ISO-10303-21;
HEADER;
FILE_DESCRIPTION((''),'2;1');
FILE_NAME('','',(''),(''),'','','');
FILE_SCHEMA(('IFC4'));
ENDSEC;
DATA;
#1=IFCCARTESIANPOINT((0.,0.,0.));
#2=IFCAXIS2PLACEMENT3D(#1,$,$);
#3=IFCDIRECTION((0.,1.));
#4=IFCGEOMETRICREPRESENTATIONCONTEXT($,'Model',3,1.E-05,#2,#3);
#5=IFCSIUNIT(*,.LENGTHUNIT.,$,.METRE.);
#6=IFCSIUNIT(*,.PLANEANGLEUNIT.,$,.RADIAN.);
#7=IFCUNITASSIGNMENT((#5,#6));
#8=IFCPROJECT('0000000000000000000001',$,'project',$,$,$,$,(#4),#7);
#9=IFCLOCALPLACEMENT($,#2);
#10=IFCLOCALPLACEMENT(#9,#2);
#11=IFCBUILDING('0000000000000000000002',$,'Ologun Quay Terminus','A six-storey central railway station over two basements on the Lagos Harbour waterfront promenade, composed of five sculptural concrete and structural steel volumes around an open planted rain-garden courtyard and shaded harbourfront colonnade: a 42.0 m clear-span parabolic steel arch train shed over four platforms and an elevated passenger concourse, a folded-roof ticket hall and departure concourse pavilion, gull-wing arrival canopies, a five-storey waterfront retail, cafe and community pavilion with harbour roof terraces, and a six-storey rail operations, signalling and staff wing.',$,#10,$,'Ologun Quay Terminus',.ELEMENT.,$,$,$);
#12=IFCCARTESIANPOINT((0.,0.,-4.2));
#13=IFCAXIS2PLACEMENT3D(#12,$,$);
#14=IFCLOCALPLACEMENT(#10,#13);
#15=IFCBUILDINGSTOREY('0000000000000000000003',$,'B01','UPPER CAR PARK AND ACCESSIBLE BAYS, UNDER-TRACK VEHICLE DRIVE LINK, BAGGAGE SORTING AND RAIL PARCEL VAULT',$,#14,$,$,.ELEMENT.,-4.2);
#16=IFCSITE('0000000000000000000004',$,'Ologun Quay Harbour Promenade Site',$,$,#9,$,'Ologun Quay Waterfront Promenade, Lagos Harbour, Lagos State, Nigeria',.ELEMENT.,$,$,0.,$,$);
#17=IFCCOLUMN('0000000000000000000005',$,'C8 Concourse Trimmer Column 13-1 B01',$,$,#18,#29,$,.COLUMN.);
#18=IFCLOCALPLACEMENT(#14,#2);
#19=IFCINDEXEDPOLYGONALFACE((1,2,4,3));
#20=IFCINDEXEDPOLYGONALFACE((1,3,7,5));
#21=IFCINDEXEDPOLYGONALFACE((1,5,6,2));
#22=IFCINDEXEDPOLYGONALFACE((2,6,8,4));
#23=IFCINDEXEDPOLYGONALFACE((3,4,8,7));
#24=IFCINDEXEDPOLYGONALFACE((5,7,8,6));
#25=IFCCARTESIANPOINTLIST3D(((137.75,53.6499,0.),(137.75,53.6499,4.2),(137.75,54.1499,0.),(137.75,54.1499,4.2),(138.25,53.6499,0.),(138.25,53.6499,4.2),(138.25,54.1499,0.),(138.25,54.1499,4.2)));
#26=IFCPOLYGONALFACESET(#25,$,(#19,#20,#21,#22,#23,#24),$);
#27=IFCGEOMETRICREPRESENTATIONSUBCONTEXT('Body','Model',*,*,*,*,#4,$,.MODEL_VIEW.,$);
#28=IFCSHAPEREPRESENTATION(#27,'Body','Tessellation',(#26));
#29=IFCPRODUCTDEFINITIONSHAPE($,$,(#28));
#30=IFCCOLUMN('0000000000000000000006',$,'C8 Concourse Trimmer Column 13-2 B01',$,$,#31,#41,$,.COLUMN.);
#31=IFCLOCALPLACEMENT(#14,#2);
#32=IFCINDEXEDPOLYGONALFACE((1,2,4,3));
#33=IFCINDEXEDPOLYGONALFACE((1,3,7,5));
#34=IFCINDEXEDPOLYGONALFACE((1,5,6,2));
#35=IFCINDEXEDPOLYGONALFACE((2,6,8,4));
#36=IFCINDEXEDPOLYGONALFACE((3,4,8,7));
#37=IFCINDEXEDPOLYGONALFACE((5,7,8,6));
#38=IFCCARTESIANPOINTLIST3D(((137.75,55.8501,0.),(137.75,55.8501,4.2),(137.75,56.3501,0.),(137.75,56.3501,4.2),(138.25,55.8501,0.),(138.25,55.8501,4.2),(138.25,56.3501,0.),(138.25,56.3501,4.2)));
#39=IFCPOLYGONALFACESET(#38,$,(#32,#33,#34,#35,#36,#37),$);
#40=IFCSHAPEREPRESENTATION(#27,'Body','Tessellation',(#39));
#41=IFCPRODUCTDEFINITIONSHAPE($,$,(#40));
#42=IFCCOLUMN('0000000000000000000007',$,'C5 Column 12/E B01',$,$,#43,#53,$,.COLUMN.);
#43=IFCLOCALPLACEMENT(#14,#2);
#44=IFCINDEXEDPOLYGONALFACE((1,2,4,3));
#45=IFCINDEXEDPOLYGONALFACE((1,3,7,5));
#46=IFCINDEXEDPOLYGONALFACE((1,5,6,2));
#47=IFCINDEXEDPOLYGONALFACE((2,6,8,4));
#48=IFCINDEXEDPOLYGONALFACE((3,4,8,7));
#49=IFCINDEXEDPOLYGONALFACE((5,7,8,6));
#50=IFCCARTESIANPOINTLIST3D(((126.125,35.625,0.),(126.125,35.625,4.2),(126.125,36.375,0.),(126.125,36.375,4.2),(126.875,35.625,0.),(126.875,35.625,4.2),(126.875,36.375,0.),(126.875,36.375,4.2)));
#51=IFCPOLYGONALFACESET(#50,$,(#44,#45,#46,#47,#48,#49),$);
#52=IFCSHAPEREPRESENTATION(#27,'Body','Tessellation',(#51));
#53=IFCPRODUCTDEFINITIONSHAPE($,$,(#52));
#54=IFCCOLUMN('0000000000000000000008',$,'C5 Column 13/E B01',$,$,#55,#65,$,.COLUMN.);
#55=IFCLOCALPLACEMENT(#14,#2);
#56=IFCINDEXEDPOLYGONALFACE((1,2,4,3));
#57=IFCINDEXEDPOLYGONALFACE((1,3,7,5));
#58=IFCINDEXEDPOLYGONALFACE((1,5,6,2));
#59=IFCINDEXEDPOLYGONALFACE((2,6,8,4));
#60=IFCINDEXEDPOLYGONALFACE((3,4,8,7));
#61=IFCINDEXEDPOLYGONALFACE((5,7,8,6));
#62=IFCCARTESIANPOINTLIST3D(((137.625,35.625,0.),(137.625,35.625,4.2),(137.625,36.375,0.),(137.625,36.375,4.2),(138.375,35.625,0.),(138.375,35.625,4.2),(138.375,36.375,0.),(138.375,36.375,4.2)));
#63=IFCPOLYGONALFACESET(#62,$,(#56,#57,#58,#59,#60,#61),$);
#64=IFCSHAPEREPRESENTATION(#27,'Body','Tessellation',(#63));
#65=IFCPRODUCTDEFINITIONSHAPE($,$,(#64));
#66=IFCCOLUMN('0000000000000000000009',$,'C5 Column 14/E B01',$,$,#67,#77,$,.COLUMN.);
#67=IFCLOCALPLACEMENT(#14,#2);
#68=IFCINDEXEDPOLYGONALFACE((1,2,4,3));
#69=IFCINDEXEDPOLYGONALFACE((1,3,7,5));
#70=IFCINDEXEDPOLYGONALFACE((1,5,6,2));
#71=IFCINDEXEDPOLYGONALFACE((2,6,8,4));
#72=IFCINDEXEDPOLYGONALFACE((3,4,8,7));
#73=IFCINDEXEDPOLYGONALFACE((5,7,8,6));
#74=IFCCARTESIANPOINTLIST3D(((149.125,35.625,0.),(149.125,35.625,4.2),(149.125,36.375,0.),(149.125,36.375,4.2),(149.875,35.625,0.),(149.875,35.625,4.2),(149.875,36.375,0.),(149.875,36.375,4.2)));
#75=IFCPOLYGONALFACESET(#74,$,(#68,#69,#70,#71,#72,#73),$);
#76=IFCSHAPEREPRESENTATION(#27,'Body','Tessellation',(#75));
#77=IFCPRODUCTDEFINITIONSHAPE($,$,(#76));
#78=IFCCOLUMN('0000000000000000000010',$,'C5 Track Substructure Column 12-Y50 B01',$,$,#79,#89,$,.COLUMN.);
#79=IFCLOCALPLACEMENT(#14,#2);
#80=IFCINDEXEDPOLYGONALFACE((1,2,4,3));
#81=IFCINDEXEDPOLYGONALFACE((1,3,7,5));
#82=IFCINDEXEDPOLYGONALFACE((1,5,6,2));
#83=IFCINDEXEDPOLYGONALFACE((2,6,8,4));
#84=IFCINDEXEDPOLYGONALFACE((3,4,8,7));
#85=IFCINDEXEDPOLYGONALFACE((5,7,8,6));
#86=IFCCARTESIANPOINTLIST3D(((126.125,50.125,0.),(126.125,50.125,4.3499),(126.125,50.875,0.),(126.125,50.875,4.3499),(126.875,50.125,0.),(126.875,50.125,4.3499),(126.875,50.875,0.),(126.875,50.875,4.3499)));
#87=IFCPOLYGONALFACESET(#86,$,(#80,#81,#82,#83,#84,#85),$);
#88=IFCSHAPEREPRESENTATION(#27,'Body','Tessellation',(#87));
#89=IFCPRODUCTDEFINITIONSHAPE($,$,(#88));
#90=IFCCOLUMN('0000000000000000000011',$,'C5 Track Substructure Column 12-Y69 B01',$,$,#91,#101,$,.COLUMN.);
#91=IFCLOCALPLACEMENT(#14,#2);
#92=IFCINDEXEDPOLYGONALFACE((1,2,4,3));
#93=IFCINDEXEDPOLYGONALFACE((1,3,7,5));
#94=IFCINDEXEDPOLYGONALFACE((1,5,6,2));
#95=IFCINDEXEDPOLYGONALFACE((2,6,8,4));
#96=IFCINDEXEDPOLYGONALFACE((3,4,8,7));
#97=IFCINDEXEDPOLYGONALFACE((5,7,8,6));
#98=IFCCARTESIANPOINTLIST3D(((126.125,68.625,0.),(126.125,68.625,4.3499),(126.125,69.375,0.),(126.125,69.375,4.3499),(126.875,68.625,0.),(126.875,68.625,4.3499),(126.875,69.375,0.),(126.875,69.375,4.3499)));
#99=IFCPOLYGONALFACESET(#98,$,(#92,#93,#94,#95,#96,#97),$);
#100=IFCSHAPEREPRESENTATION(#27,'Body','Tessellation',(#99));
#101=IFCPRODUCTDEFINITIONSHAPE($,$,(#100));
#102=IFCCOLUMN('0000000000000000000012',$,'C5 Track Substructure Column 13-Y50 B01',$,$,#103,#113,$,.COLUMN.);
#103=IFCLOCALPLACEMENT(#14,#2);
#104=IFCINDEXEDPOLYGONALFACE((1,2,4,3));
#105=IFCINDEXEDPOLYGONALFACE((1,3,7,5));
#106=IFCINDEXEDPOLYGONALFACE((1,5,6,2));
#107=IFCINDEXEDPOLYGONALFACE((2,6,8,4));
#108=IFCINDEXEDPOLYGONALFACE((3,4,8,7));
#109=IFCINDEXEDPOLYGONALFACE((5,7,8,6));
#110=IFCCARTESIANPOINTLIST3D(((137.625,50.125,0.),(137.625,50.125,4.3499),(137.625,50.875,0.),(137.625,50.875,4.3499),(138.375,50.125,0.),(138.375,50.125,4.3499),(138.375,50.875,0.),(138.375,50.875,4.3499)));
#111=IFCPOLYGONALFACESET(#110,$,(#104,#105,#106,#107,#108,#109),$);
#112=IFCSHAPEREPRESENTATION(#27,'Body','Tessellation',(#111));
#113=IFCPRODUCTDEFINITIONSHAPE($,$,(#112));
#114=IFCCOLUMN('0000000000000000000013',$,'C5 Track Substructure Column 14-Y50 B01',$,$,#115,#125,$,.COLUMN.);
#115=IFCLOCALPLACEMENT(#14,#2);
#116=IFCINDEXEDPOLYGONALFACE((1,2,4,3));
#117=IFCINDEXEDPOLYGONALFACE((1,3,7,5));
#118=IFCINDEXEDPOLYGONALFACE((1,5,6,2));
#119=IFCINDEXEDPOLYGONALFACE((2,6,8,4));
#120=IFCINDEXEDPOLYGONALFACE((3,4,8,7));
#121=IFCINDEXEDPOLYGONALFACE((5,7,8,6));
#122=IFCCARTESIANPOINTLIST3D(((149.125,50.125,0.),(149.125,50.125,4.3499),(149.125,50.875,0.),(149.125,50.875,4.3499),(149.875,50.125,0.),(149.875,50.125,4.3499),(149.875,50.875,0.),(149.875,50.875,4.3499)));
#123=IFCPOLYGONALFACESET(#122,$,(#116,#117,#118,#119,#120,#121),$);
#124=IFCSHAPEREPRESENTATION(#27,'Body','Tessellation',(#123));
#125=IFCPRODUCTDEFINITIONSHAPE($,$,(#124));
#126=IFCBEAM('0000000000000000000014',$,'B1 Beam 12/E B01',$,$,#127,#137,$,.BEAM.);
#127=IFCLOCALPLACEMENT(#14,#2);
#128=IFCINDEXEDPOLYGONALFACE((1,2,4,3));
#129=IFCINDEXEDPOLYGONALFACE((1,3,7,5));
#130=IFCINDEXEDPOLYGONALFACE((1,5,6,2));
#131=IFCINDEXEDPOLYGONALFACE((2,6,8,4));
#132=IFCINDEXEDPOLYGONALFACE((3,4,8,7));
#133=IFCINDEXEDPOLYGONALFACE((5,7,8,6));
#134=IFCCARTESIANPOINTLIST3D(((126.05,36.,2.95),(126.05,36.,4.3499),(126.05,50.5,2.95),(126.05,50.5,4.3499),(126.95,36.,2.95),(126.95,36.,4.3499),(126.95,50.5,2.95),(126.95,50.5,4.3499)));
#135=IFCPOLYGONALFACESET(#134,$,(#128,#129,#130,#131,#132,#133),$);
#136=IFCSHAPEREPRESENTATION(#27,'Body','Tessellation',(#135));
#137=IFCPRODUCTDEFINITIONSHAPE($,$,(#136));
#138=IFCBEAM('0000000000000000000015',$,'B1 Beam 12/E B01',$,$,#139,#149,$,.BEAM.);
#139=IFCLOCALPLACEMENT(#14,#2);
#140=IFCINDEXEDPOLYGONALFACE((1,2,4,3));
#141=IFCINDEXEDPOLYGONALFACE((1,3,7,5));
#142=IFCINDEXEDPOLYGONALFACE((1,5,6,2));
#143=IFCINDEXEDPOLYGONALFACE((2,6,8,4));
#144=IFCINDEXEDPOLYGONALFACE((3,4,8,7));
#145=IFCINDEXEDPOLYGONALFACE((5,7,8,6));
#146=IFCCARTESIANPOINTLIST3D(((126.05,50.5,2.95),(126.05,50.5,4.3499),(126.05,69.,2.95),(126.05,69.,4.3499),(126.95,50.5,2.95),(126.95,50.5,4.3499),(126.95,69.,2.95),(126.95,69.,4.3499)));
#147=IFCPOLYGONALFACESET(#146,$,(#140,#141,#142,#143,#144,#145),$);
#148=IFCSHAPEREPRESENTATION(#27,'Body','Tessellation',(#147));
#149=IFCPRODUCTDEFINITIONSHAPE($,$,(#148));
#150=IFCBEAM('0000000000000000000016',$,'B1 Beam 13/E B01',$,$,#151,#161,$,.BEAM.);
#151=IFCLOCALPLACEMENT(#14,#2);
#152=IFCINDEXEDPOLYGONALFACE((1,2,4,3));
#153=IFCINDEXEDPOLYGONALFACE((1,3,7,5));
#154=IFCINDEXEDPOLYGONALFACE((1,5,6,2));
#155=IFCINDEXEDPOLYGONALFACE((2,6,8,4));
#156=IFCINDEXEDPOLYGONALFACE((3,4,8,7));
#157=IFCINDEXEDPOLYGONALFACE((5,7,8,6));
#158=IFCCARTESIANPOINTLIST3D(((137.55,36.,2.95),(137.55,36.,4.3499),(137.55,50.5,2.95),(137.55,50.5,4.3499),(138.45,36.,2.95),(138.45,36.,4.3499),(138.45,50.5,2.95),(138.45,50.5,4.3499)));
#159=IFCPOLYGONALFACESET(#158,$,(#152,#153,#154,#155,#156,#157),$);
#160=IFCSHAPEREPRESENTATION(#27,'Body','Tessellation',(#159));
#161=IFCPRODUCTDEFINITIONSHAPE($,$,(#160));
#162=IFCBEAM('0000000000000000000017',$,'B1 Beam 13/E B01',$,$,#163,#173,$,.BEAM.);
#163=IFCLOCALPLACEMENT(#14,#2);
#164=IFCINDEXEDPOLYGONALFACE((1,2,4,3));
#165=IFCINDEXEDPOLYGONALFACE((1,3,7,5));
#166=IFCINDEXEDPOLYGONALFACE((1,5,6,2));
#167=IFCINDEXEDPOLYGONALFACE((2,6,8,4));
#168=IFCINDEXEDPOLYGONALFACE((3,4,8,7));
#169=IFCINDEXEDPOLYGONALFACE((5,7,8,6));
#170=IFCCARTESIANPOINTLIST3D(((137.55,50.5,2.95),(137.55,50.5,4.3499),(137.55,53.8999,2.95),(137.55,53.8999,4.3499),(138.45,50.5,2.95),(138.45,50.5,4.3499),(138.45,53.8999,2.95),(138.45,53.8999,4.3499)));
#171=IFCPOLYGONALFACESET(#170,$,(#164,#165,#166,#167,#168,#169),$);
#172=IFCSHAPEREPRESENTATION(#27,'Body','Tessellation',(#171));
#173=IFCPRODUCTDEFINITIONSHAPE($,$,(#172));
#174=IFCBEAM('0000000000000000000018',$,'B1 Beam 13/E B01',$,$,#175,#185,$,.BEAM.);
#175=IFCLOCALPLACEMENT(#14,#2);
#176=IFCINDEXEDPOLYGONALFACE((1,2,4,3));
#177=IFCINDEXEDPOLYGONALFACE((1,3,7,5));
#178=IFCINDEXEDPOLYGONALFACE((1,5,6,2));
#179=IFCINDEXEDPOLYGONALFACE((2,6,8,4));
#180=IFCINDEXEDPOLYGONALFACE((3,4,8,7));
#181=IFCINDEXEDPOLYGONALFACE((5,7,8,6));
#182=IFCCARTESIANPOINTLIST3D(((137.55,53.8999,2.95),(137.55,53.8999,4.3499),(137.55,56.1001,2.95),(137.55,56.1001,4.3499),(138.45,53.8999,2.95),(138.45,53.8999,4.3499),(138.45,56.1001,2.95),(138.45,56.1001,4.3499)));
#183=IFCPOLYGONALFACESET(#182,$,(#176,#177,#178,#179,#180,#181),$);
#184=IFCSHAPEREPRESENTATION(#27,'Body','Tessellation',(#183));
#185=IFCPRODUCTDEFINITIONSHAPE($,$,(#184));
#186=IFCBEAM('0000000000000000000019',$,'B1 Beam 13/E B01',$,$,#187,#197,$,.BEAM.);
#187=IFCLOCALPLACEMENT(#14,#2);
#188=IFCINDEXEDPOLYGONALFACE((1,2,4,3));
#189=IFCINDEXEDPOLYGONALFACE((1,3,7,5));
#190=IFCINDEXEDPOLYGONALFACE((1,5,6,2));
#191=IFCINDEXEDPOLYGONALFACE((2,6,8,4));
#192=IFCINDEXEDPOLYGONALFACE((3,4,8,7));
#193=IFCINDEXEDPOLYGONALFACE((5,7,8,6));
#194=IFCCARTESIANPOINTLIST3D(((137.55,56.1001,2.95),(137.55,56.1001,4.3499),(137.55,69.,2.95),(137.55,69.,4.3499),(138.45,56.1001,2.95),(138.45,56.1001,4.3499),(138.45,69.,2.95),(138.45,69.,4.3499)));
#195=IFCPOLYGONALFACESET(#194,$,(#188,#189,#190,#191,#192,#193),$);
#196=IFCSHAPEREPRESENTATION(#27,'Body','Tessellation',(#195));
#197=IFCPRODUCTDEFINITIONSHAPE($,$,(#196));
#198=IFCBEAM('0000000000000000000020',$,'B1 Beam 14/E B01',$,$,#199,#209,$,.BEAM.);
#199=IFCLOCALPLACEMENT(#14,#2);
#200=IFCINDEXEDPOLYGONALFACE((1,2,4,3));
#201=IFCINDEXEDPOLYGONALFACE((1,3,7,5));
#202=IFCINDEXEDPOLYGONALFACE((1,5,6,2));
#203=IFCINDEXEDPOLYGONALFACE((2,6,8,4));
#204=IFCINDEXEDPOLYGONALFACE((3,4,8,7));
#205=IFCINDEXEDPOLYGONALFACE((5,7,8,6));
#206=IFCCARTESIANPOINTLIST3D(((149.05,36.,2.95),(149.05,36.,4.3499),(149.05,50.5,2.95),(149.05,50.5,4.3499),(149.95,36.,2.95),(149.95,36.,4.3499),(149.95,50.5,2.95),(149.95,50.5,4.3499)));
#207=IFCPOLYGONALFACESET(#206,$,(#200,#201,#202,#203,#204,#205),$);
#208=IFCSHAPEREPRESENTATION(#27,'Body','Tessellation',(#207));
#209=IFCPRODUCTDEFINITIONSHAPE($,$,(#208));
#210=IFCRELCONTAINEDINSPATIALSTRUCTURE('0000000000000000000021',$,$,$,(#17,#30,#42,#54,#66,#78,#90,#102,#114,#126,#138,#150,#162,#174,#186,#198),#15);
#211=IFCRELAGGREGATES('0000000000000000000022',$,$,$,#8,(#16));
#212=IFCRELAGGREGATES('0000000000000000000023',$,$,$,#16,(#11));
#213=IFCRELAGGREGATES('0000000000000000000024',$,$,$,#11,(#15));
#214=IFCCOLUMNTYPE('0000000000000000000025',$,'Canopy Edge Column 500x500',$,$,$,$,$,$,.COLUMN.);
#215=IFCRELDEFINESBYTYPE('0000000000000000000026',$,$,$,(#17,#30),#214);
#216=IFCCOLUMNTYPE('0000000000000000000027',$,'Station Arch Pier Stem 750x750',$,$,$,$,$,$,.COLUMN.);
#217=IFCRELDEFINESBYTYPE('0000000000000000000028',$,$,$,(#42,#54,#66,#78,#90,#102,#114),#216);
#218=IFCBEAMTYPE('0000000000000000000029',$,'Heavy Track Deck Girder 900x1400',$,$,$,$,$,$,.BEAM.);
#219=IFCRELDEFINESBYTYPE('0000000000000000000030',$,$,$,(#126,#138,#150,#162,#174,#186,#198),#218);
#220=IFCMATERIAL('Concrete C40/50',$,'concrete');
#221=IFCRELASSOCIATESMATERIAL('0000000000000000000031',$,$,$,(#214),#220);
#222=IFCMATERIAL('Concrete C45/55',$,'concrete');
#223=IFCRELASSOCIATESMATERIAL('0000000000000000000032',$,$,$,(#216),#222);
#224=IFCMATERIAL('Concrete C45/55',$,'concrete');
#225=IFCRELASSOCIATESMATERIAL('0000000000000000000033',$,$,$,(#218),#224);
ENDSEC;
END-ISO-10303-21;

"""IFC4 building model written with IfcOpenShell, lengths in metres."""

from ifc_helpers import new_model, si_unit, direction, frame, origin, origin_2d, place, context, subcontext, project, spatial, rectangle, extrude, material, material_profile, profile_set, type_object, element, save


model = new_model("IFC4")

# Units and contexts
model_context = context("Model", 3, precision=1e-05, world=origin(), true_north=direction((0.0, 1.0)))
body_context = subcontext(model_context, "Body", "Model", "MODEL_VIEW")
ifc_project = project(units=[si_unit("LENGTHUNIT", "METRE"), si_unit("PLANEANGLEUNIT", "RADIAN")], contexts=[model_context])

# Site, building, storey
site_placement = place(None, origin())
site = spatial("IfcSite", under=ifc_project, at=site_placement, Name="Ologun Quay Harbour Promenade Site", LongName="Ologun Quay Waterfront Promenade, Lagos Harbour, Lagos State, Nigeria", CompositionType="ELEMENT", RefElevation=0.0)
building_placement = place(site_placement, origin())
building = spatial("IfcBuilding", under=site, at=building_placement, Name="Ologun Quay Terminus", Description="A six-storey central railway station over two basements on the Lagos Harbour waterfront promenade, composed of five sculptural concrete and structural steel volumes around an open planted rain-garden courtyard and shaded harbourfront colonnade: a 42.0 m clear-span parabolic steel arch train shed over four platforms and an elevated passenger concourse, a folded-roof ticket hall and departure concourse pavilion, gull-wing arrival canopies, a five-storey waterfront retail, cafe and community pavilion with harbour roof terraces, and a six-storey rail operations, signalling and staff wing.", LongName="Ologun Quay Terminus", CompositionType="ELEMENT")
storey_placement = place(building_placement, frame((0.0, 0.0, -4.2)))
storey = spatial("IfcBuildingStorey", under=building, at=storey_placement, Name="B01", Description="UPPER CAR PARK AND ACCESSIBLE BAYS, UNDER-TRACK VEHICLE DRIVE LINK, BAGGAGE SORTING AND RAIL PARCEL VAULT", CompositionType="ELEMENT", Elevation=-4.2)

# Columns
ifc_material_1 = material(Name="Concrete C40/50", Category="concrete")
ifc_material_profile_1 = material_profile(ifc_material_1, rectangle(XDim=0.5, YDim=0.5, at=origin_2d()), Name="RC 500x500")
ifc_profile_set_1 = profile_set([ifc_material_profile_1], Name="Concrete C40/50")
column_type_1 = type_object("IfcColumnType", Name="Canopy Edge Column 500x500", PredefinedType="COLUMN", material=ifc_profile_set_1)
for number, where, z_axis, x_axis, name in (
    (1, (138.0, 53.8999, 0.0), (0.0, 0.0, 1.0), (1.0, 0.0, 0.0), "C8 Concourse Trimmer Column 13-1 B01"),
    (2, (138.0, 56.1001, 0.0), (0.0, 0.0, 1.0), (1.0, 0.0, 0.0), "C8 Concourse Trimmer Column 13-2 B01"),
):
    element("IfcColumn", number, at=place(storey_placement, frame(where, z_axis=z_axis, x_axis=x_axis)), inside=storey, type_object=column_type_1, Name=name, PredefinedType="COLUMN", context=body_context, shape_type="SweptSolid", body=[
        extrude(rectangle(XDim=0.5, YDim=0.5, at=origin_2d()), origin(), (0.0, 0.0, 1.0), 4.2),
    ])
ifc_material_2 = material(Name="Concrete C45/55", Category="concrete")
ifc_material_profile_2 = material_profile(ifc_material_2, rectangle(XDim=0.75, YDim=0.75, at=origin_2d()), Name="RC 750x750")
ifc_profile_set_2 = profile_set([ifc_material_profile_2], Name="Concrete C45/55")
column_type_2 = type_object("IfcColumnType", Name="Station Arch Pier Stem 750x750", PredefinedType="COLUMN", material=ifc_profile_set_2)
for number, where, z_axis, x_axis, name in (
    (3, (126.5, 36.0, 0.0), (0.0, 0.0, 1.0), (1.0, 0.0, 0.0), "C5 Column 12/E B01"),
    (4, (138.0, 36.0, 0.0), (0.0, 0.0, 1.0), (1.0, 0.0, 0.0), "C5 Column 13/E B01"),
    (5, (149.5, 36.0, 0.0), (0.0, 0.0, 1.0), (1.0, 0.0, 0.0), "C5 Column 14/E B01"),
):
    element("IfcColumn", number, at=place(storey_placement, frame(where, z_axis=z_axis, x_axis=x_axis)), inside=storey, type_object=column_type_2, Name=name, PredefinedType="COLUMN", context=body_context, shape_type="SweptSolid", body=[
        extrude(rectangle(XDim=0.75, YDim=0.75, at=origin_2d()), origin(), (0.0, 0.0, 1.0), 4.2),
    ])
for number, where, z_axis, x_axis, name in (
    (6, (126.5, 50.5, 0.0), (0.0, 0.0, 1.0), (1.0, 0.0, 0.0), "C5 Track Substructure Column 12-Y50 B01"),
    (7, (126.5, 69.0, 0.0), (0.0, 0.0, 1.0), (1.0, 0.0, 0.0), "C5 Track Substructure Column 12-Y69 B01"),
    (8, (138.0, 50.5, 0.0), (0.0, 0.0, 1.0), (1.0, 0.0, 0.0), "C5 Track Substructure Column 13-Y50 B01"),
    (9, (149.5, 50.5, 0.0), (0.0, 0.0, 1.0), (1.0, 0.0, 0.0), "C5 Track Substructure Column 14-Y50 B01"),
):
    element("IfcColumn", number, at=place(storey_placement, frame(where, z_axis=z_axis, x_axis=x_axis)), inside=storey, type_object=column_type_2, Name=name, PredefinedType="COLUMN", context=body_context, shape_type="SweptSolid", body=[
        extrude(rectangle(XDim=0.75, YDim=0.75, at=origin_2d()), origin(), (0.0, 0.0, 1.0), 4.3499),
    ])

# Beams
ifc_material_3 = material(Name="Concrete C45/55", Category="concrete")
ifc_material_profile_3 = material_profile(ifc_material_3, rectangle(XDim=0.8999, YDim=1.3999, at=origin_2d()), Name="RC 900x1400")
ifc_profile_set_3 = profile_set([ifc_material_profile_3], Name="Concrete C45/55")
beam_type_1 = type_object("IfcBeamType", Name="Heavy Track Deck Girder 900x1400", PredefinedType="BEAM", material=ifc_profile_set_3)
beam_1_placement = place(storey_placement, frame((126.5, 36.0, 3.6499), z_axis=(0.0, 1.0, 0.0), x_axis=(-1.0, 0.0, 0.0)))
element("IfcBeam", 10, at=beam_1_placement, inside=storey, type_object=beam_type_1, Name="B1 Beam 12/E B01", PredefinedType="BEAM", context=body_context, shape_type="SweptSolid", body=[
    extrude(rectangle(XDim=0.8999, YDim=1.3999, at=origin_2d()), origin(), (0.0, 0.0, 1.0), 14.5),
])
beam_2_placement = place(storey_placement, frame((126.5, 50.5, 3.6499), z_axis=(0.0, 1.0, 0.0), x_axis=(-1.0, 0.0, 0.0)))
element("IfcBeam", 11, at=beam_2_placement, inside=storey, type_object=beam_type_1, Name="B1 Beam 12/E B01", PredefinedType="BEAM", context=body_context, shape_type="SweptSolid", body=[
    extrude(rectangle(XDim=0.8999, YDim=1.3999, at=origin_2d()), origin(), (0.0, 0.0, 1.0), 18.5),
])
beam_3_placement = place(storey_placement, frame((138.0, 36.0, 3.6499), z_axis=(0.0, 1.0, 0.0), x_axis=(-1.0, 0.0, 0.0)))
element("IfcBeam", 12, at=beam_3_placement, inside=storey, type_object=beam_type_1, Name="B1 Beam 13/E B01", PredefinedType="BEAM", context=body_context, shape_type="SweptSolid", body=[
    extrude(rectangle(XDim=0.8999, YDim=1.3999, at=origin_2d()), origin(), (0.0, 0.0, 1.0), 14.5),
])
beam_4_placement = place(storey_placement, frame((138.0, 50.5, 3.6499), z_axis=(0.0, 1.0, 0.0), x_axis=(-1.0, 0.0, 0.0)))
element("IfcBeam", 13, at=beam_4_placement, inside=storey, type_object=beam_type_1, Name="B1 Beam 13/E B01", PredefinedType="BEAM", context=body_context, shape_type="SweptSolid", body=[
    extrude(rectangle(XDim=0.8999, YDim=1.3999, at=origin_2d()), origin(), (0.0, 0.0, 1.0), 3.3999),
])
beam_5_placement = place(storey_placement, frame((138.0, 53.8999, 3.6499), z_axis=(0.0, 1.0, 0.0), x_axis=(-1.0, 0.0, 0.0)))
element("IfcBeam", 14, at=beam_5_placement, inside=storey, type_object=beam_type_1, Name="B1 Beam 13/E B01", PredefinedType="BEAM", context=body_context, shape_type="SweptSolid", body=[
    extrude(rectangle(XDim=0.8999, YDim=1.3999, at=origin_2d()), origin(), (0.0, 0.0, 1.0), 2.2002),
])
beam_6_placement = place(storey_placement, frame((138.0, 56.1001, 3.6499), z_axis=(0.0, 1.0, 0.0), x_axis=(-1.0, 0.0, 0.0)))
element("IfcBeam", 15, at=beam_6_placement, inside=storey, type_object=beam_type_1, Name="B1 Beam 13/E B01", PredefinedType="BEAM", context=body_context, shape_type="SweptSolid", body=[
    extrude(rectangle(XDim=0.8999, YDim=1.3999, at=origin_2d()), origin(), (0.0, 0.0, 1.0), 12.8999),
])
beam_7_placement = place(storey_placement, frame((149.5, 36.0, 3.6499), z_axis=(0.0, 1.0, 0.0), x_axis=(-1.0, 0.0, 0.0)))
element("IfcBeam", 16, at=beam_7_placement, inside=storey, type_object=beam_type_1, Name="B1 Beam 14/E B01", PredefinedType="BEAM", context=body_context, shape_type="SweptSolid", body=[
    extrude(rectangle(XDim=0.8999, YDim=1.3999, at=origin_2d()), origin(), (0.0, 0.0, 1.0), 14.5),
])

save(model, "model.ifc")
